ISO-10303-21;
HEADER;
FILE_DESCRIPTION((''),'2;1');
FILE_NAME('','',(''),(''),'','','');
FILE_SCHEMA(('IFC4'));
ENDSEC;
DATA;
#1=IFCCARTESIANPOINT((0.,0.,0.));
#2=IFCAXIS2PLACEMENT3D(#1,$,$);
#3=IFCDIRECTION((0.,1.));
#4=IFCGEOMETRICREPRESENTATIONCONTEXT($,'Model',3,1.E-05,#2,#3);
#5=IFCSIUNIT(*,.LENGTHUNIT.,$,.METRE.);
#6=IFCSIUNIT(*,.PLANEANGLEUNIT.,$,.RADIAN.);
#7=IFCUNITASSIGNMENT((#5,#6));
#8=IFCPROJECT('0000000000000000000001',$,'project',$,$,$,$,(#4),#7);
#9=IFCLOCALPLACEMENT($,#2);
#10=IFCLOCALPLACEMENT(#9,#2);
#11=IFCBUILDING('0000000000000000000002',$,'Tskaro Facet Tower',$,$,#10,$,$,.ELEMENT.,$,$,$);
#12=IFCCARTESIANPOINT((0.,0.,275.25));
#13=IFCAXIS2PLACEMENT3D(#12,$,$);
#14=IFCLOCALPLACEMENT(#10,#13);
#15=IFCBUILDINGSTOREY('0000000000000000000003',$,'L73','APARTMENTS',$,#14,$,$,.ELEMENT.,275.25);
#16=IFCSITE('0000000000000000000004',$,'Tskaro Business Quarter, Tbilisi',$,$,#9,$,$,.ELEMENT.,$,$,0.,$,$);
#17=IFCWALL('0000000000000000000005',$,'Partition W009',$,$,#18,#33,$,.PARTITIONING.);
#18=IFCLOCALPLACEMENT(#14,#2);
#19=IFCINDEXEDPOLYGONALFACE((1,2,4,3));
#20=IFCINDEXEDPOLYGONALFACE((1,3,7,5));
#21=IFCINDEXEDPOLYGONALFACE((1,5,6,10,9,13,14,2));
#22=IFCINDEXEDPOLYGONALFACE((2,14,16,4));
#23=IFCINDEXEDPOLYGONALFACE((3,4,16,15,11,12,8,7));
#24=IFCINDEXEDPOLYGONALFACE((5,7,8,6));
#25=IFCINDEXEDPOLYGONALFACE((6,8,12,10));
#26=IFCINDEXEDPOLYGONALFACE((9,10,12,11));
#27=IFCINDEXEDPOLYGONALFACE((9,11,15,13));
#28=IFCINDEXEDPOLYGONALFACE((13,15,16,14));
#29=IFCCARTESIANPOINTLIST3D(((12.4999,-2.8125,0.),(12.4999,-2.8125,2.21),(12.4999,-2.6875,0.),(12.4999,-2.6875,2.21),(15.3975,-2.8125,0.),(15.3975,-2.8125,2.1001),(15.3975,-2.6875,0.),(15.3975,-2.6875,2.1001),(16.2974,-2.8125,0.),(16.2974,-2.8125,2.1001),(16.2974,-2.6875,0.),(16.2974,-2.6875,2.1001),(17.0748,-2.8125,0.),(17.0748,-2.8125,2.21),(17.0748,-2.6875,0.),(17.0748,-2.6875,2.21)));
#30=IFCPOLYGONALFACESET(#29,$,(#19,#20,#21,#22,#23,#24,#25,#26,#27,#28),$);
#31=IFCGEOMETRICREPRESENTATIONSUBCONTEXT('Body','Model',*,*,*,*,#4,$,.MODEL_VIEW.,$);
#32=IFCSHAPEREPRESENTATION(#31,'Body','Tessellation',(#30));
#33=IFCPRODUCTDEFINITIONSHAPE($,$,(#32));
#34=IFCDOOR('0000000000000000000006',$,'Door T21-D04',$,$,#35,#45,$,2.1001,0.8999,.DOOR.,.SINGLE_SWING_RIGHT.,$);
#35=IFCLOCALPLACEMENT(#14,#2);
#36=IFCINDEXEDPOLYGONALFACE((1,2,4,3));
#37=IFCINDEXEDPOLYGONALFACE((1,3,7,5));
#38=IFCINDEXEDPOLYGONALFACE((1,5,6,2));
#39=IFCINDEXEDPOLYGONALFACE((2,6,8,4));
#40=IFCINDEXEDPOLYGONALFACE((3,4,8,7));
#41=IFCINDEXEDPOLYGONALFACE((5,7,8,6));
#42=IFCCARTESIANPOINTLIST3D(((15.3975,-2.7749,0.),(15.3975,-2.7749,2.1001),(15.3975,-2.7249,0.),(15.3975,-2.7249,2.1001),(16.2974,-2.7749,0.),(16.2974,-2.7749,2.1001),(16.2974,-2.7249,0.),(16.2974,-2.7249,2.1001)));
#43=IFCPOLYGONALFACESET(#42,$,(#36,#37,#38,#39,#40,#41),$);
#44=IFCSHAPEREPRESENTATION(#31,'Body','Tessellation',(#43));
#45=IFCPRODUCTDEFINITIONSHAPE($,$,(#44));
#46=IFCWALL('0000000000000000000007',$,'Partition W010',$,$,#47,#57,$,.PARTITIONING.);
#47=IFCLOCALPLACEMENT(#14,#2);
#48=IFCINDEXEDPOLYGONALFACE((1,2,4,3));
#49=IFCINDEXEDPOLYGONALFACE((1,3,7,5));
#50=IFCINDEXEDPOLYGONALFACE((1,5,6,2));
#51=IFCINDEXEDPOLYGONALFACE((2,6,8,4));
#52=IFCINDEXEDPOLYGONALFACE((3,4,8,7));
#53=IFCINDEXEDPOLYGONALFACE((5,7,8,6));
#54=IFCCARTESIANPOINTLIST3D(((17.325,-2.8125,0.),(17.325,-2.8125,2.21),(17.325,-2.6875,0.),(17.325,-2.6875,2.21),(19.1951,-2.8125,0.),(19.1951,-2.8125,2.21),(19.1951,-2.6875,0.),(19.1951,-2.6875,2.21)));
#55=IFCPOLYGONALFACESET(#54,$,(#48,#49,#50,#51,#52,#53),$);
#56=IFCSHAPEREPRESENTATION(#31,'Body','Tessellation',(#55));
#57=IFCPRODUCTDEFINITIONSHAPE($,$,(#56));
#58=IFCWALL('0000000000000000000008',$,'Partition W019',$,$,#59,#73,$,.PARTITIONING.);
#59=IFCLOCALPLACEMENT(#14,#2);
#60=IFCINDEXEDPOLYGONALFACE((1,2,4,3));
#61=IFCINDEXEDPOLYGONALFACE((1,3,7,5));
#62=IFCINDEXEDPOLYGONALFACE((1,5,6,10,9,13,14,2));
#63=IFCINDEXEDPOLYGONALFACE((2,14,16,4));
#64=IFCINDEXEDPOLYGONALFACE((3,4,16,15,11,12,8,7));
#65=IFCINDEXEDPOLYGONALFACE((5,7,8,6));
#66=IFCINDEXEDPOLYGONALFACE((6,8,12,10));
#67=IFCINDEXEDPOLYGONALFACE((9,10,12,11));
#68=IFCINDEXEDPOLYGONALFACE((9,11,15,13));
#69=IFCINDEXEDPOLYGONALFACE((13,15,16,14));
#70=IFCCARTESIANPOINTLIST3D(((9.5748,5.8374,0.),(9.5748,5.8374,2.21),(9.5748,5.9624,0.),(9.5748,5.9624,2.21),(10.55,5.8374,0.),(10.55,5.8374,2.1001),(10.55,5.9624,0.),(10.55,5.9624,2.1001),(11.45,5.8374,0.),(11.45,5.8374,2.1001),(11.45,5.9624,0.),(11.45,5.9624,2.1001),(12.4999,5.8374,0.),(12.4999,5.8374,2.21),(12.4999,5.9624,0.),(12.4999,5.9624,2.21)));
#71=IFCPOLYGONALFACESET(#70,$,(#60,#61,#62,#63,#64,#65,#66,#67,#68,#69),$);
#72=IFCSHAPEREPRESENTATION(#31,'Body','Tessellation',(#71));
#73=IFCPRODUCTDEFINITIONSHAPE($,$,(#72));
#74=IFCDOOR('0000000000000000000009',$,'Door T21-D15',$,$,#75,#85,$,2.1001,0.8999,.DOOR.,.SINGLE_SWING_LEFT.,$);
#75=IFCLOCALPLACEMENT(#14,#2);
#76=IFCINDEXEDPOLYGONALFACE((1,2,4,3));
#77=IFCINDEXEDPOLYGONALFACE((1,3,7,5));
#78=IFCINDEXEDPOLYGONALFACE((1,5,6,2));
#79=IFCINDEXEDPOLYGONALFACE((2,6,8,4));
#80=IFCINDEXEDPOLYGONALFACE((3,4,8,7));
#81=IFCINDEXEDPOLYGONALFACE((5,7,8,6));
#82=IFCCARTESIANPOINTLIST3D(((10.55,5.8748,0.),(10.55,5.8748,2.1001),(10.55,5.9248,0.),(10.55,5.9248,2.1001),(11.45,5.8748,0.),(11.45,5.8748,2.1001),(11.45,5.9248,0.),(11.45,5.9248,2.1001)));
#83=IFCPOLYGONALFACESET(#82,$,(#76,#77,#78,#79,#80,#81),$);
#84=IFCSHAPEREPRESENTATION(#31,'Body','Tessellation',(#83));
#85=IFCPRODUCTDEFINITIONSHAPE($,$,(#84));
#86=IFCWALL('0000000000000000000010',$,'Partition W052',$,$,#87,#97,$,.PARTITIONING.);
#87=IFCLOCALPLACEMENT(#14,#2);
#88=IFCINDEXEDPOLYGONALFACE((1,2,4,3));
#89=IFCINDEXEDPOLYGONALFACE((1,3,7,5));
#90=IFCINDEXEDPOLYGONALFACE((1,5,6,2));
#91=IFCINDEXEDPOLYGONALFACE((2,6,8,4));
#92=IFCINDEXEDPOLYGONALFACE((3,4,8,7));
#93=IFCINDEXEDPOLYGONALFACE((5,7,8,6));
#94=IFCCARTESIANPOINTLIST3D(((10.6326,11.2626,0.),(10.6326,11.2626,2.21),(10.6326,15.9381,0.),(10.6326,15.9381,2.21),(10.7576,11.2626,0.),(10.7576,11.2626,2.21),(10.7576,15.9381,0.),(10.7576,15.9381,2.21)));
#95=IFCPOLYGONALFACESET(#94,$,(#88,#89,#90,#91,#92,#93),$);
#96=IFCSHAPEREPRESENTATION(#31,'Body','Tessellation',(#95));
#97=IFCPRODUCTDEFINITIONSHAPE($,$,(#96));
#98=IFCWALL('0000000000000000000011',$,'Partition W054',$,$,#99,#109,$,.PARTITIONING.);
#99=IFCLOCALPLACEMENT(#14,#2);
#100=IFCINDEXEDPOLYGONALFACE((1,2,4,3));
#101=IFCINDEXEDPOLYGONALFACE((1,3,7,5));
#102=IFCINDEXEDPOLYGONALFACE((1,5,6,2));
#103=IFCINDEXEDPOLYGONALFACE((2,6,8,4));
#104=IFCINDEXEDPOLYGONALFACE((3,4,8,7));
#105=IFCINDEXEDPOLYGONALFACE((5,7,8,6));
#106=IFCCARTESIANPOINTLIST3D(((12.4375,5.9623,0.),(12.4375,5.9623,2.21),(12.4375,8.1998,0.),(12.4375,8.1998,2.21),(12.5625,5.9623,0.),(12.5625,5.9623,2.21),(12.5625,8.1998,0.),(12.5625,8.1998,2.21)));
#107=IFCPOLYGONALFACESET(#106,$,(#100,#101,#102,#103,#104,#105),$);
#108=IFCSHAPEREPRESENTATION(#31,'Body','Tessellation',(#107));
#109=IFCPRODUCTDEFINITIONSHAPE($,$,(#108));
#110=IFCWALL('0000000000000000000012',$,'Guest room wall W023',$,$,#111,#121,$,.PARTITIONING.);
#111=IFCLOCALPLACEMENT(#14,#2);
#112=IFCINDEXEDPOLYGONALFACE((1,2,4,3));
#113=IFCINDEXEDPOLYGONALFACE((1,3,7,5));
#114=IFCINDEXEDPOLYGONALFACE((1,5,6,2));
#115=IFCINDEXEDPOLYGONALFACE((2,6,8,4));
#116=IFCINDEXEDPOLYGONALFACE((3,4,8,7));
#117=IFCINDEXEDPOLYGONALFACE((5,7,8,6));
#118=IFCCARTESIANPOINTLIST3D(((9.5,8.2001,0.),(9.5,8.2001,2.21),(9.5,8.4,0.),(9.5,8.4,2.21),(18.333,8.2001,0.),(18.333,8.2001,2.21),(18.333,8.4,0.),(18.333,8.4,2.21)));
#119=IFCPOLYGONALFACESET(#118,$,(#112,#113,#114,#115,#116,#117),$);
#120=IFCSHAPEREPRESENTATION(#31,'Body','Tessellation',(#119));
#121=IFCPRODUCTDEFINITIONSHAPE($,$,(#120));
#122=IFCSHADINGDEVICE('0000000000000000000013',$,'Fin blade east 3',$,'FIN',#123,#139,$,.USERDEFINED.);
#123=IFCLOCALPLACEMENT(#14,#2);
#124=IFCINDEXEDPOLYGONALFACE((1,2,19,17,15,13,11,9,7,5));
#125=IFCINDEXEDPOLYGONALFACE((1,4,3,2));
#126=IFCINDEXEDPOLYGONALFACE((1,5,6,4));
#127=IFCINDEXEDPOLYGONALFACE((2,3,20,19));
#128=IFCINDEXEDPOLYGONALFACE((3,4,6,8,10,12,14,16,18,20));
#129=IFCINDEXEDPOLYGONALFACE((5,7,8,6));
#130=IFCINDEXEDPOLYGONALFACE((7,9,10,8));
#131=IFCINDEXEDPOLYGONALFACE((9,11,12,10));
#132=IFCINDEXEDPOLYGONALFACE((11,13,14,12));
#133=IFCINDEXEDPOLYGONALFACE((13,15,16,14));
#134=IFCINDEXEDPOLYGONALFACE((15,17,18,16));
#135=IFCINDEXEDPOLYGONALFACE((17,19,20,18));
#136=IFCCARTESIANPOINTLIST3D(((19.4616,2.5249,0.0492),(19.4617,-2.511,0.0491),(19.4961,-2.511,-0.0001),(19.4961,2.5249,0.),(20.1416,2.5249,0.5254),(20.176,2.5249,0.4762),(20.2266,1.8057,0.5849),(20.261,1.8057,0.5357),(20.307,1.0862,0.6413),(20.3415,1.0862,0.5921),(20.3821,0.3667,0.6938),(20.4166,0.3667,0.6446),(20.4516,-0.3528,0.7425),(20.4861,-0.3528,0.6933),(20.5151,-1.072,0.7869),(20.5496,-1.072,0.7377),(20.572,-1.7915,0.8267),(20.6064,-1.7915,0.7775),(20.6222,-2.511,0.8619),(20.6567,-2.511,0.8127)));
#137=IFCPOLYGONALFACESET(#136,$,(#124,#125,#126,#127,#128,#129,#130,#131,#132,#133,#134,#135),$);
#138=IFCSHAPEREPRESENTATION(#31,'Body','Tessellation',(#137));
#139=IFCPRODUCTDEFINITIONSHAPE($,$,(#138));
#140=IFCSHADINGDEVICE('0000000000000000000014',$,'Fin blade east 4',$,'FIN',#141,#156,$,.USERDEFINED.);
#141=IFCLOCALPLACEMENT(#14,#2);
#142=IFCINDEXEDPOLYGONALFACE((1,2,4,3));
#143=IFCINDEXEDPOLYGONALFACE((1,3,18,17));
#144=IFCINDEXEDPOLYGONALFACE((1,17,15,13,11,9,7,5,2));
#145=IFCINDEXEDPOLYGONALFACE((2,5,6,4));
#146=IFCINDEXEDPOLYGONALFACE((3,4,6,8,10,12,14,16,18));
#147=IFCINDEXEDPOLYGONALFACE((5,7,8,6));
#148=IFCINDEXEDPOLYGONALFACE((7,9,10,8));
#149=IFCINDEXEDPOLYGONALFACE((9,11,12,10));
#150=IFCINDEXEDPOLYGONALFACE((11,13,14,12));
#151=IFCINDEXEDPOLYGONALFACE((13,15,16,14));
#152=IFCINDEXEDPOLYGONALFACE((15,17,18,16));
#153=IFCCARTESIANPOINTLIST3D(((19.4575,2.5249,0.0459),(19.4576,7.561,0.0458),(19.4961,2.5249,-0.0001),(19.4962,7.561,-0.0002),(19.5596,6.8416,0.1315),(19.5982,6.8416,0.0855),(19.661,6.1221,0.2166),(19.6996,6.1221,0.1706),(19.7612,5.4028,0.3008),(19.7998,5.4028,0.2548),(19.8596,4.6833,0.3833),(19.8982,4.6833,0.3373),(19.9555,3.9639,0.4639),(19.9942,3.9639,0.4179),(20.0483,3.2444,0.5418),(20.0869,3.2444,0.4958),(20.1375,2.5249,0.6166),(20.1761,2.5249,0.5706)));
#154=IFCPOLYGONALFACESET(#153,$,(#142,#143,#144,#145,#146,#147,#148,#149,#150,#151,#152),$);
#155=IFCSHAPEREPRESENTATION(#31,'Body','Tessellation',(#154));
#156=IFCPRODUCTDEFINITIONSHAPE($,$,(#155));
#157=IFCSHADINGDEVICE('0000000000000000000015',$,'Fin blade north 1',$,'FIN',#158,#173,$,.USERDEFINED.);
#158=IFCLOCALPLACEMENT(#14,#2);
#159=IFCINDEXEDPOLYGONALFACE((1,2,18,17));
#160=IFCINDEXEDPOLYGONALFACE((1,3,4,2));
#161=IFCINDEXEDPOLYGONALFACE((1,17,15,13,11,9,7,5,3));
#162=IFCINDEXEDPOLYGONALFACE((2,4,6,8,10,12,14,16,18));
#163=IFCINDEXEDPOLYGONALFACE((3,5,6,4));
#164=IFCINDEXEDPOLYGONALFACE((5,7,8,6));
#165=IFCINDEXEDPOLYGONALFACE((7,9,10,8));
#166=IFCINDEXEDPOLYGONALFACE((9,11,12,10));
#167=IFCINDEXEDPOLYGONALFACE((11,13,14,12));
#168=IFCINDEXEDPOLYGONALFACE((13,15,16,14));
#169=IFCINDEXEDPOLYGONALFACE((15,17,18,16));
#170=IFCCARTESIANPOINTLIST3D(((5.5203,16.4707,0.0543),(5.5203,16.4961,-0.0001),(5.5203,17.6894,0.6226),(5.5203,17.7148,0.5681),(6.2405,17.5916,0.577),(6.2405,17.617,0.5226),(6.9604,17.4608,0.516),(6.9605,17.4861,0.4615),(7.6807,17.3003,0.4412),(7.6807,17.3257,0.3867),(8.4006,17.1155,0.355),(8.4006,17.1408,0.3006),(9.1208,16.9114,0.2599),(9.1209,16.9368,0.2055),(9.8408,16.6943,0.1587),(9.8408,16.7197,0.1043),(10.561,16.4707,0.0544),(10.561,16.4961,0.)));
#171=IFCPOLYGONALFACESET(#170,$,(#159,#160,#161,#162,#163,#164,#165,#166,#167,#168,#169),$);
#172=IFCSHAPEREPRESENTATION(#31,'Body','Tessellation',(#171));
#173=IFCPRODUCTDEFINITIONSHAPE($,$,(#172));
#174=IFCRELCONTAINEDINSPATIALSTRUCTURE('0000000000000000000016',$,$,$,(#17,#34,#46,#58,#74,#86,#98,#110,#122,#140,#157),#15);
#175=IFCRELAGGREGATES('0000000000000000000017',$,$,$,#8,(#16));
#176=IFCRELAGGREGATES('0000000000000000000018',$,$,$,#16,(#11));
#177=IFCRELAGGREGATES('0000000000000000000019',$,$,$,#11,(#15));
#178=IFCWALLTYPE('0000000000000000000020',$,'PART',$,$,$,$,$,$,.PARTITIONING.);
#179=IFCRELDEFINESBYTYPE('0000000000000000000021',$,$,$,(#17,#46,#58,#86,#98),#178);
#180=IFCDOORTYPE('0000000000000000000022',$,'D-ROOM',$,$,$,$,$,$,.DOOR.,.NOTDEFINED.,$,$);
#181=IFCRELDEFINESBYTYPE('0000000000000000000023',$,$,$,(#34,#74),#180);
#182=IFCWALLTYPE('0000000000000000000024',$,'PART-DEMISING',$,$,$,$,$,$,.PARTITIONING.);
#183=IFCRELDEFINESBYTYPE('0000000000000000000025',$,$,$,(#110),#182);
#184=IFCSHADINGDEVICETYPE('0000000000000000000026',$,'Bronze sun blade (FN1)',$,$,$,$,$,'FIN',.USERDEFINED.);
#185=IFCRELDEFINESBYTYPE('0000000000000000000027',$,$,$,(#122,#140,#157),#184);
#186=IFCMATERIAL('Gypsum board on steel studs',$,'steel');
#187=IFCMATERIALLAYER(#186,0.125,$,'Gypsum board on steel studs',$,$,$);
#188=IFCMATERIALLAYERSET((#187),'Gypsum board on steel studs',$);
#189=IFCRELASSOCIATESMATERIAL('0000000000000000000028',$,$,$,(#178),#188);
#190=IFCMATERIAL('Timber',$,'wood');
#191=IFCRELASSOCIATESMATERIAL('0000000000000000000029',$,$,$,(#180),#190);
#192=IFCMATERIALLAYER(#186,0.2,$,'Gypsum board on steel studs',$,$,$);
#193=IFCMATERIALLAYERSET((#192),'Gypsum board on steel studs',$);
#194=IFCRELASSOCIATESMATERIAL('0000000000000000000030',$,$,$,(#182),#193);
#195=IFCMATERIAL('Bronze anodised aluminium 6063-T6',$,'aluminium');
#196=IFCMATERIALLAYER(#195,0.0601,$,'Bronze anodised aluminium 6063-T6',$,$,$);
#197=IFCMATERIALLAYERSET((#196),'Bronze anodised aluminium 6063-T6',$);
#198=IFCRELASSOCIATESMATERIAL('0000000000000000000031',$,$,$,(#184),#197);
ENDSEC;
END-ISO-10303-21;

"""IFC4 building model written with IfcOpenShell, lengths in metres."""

from ifc_helpers import new_model, si_unit, direction, frame, frame_2d, origin, place, context, subcontext, project, spatial, polyline, rectangle, outline, extrude, material, layer, layer_set, type_object, element, fill, save


model = new_model("IFC4")

# Units and contexts
model_context = context("Model", 3, precision=1e-05, world=origin(), true_north=direction((0.0, 1.0)))
body_context = subcontext(model_context, "Body", "Model", "MODEL_VIEW")
ifc_project = project(units=[si_unit("LENGTHUNIT", "METRE"), si_unit("PLANEANGLEUNIT", "RADIAN")], contexts=[model_context])

# Site, building, storey
site_placement = place(None, origin())
site = spatial("IfcSite", under=ifc_project, at=site_placement, Name="Tskaro Business Quarter, Tbilisi", CompositionType="ELEMENT", RefElevation=0.0)
building_placement = place(site_placement, origin())
building = spatial("IfcBuilding", under=site, at=building_placement, Name="Tskaro Facet Tower", CompositionType="ELEMENT")
storey_placement = place(building_placement, frame((0.0, 0.0, 275.25)))
storey = spatial("IfcBuildingStorey", under=building, at=storey_placement, Name="L73", Description="APARTMENTS", CompositionType="ELEMENT", Elevation=275.25)

# Shared definitions
ifc_material_1 = material(Name="Bronze anodised aluminium 6063-T6", Category="aluminium")

# Wall, opening, door
ifc_material_2 = material(Name="Gypsum board on steel studs", Category="steel")
ifc_layer_1 = layer(ifc_material_2, 0.125, Name="Gypsum board on steel studs")
ifc_layer_set_1 = layer_set([ifc_layer_1], Name="Gypsum board on steel studs")
wall_type_1 = type_object("IfcWallType", Name="PART", PredefinedType="PARTITIONING", material=ifc_layer_set_1)
wall_1_placement = place(storey_placement, frame((17.075, -2.75, 0.0), z_axis=(0.0, 0.0, 1.0), x_axis=(-1.0, 0.0, 0.0)))
wall_1 = element("IfcWall", 1, at=wall_1_placement, inside=storey, type_object=wall_type_1, Name="Partition W009", PredefinedType="PARTITIONING", context=body_context, shape_type="SweptSolid", body=[
    extrude(rectangle(XDim=4.575, YDim=0.125, at=frame_2d((2.2876, 0.0))), origin(), (0.0, 0.0, 1.0), 2.21),
])
opening_1_placement = place(wall_1_placement, frame((0.7776, 0.0, 0.0)))
opening_1 = element("IfcOpeningElement", 2, at=opening_1_placement, cuts=wall_1, PredefinedType="OPENING", context=body_context, shape_type="SweptSolid", body=[
    extrude(rectangle(XDim=0.8999, YDim=2.1001, at=frame_2d((0.45, 1.05))), frame((0.0, 0.0725, 0.0), z_axis=(0.0, -1.0, 0.0), x_axis=(1.0, 0.0, 0.0)), (0.0, 0.0, 1.0), 0.145),
])
ifc_material_3 = material(Name="Timber", Category="wood")
door_type = type_object("IfcDoorType", Name="D-ROOM", OperationType="NOTDEFINED", PredefinedType="DOOR", material=ifc_material_3)
door_1_placement = place(opening_1_placement, origin())
door_1 = element("IfcDoor", 3, at=door_1_placement, inside=storey, type_object=door_type, Name="Door T21-D04", OperationType="SINGLE_SWING_RIGHT", OverallHeight=2.1001, OverallWidth=0.8999, PredefinedType="DOOR", context=body_context, shape_type="SweptSolid", body=[
    extrude(rectangle(XDim=0.8999, YDim=2.1001, at=frame_2d((0.45, 1.05))), frame((0.0, 0.0249, 0.0), z_axis=(0.0, -1.0, 0.0), x_axis=(1.0, 0.0, 0.0)), (0.0, 0.0, 1.0), 0.05),
])
fill(opening_1, door_1)

# Wall
wall_2_placement = place(storey_placement, frame((17.325, -2.75, 0.0), z_axis=(0.0, 0.0, 1.0), x_axis=(1.0, 0.0, 0.0)))
element("IfcWall", 4, at=wall_2_placement, inside=storey, type_object=wall_type_1, Name="Partition W010", PredefinedType="PARTITIONING", context=body_context, shape_type="SweptSolid", body=[
    extrude(rectangle(XDim=1.8701, YDim=0.125, at=frame_2d((0.9351, 0.0))), origin(), (0.0, 0.0, 1.0), 2.21),
])

# Wall, opening, door
wall_3_placement = place(storey_placement, frame((9.575, 5.8999, 0.0), z_axis=(0.0, 0.0, 1.0), x_axis=(1.0, 0.0, 0.0)))
wall_3 = element("IfcWall", 5, at=wall_3_placement, inside=storey, type_object=wall_type_1, Name="Partition W019", PredefinedType="PARTITIONING", context=body_context, shape_type="SweptSolid", body=[
    extrude(rectangle(XDim=2.925, YDim=0.125, at=frame_2d((1.4624, 0.0))), origin(), (0.0, 0.0, 1.0), 2.21),
])
opening_2_placement = place(wall_3_placement, frame((0.9751, 0.0, 0.0)))
opening_2 = element("IfcOpeningElement", 6, at=opening_2_placement, cuts=wall_3, PredefinedType="OPENING", context=body_context, shape_type="SweptSolid", body=[
    extrude(rectangle(XDim=0.8999, YDim=2.1001, at=frame_2d((0.45, 1.05))), frame((0.0, 0.0725, 0.0), z_axis=(0.0, -1.0, 0.0), x_axis=(1.0, 0.0, 0.0)), (0.0, 0.0, 1.0), 0.145),
])
door_2_placement = place(opening_2_placement, origin())
door_2 = element("IfcDoor", 7, at=door_2_placement, inside=storey, type_object=door_type, Name="Door T21-D15", OperationType="SINGLE_SWING_LEFT", OverallHeight=2.1001, OverallWidth=0.8999, PredefinedType="DOOR", context=body_context, shape_type="SweptSolid", body=[
    extrude(rectangle(XDim=0.8999, YDim=2.1001, at=frame_2d((0.45, 1.05))), frame((0.0, 0.0249, 0.0), z_axis=(0.0, -1.0, 0.0), x_axis=(1.0, 0.0, 0.0)), (0.0, 0.0, 1.0), 0.05),
])
fill(opening_2, door_2)

# Walls
wall_4_placement = place(storey_placement, frame((10.6951, 11.2625, 0.0), z_axis=(0.0, 0.0, 1.0), x_axis=(0.0, 1.0, 0.0)))
element("IfcWall", 8, at=wall_4_placement, inside=storey, type_object=wall_type_1, Name="Partition W052", PredefinedType="PARTITIONING", context=body_context, shape_type="SweptSolid", body=[
    extrude(rectangle(XDim=4.6755, YDim=0.125, at=frame_2d((2.3379, 0.0))), origin(), (0.0, 0.0, 1.0), 2.21),
])
wall_5_placement = place(storey_placement, frame((12.5, 5.9624, 0.0), z_axis=(0.0, 0.0, 1.0), x_axis=(0.0, 1.0, 0.0)))
element("IfcWall", 9, at=wall_5_placement, inside=storey, type_object=wall_type_1, Name="Partition W054", PredefinedType="PARTITIONING", context=body_context, shape_type="SweptSolid", body=[
    extrude(rectangle(XDim=2.2375, YDim=0.125, at=frame_2d((1.1187, 0.0))), origin(), (0.0, 0.0, 1.0), 2.21),
])
ifc_layer_2 = layer(ifc_material_2, 0.2, Name="Gypsum board on steel studs")
ifc_layer_set_2 = layer_set([ifc_layer_2], Name="Gypsum board on steel studs")
wall_type_2 = type_object("IfcWallType", Name="PART-DEMISING", PredefinedType="PARTITIONING", material=ifc_layer_set_2)
wall_6_placement = place(storey_placement, frame((9.5, 8.3, 0.0), z_axis=(0.0, 0.0, 1.0), x_axis=(1.0, 0.0, 0.0)))
element("IfcWall", 10, at=wall_6_placement, inside=storey, type_object=wall_type_2, Name="Guest room wall W023", PredefinedType="PARTITIONING", context=body_context, shape_type="SweptSolid", body=[
    extrude(rectangle(XDim=8.833, YDim=0.2, at=frame_2d((4.4165, 0.0))), origin(), (0.0, 0.0, 1.0), 2.21),
])

# Shading devices
ifc_layer_3 = layer(ifc_material_1, 0.0601, Name="Bronze anodised aluminium 6063-T6")
ifc_layer_set_3 = layer_set([ifc_layer_3], Name="Bronze anodised aluminium 6063-T6")
shading_device_type = type_object("IfcShadingDeviceType", Name="Bronze sun blade (FN1)", ElementType="FIN", PredefinedType="USERDEFINED", material=ifc_layer_set_3)
shading_device_1_placement = place(storey_placement, frame((19.4617, -2.511, 0.0491), z_axis=(-0.573677, -0.000023, 0.819082), x_axis=(-0.000013, 1.0, 0.000019)))
element("IfcShadingDevice", 11, at=shading_device_1_placement, inside=storey, type_object=shading_device_type, Name="Fin blade east 3", ObjectType="FIN", PredefinedType="USERDEFINED", context=body_context, shape_type="SweptSolid", body=[
    extrude(outline(polyline([(0.0, 0.0), (5.0359, 0.0), (5.0359, -0.8302), (4.3167, -0.9339), (3.5972, -1.0321), (2.8777, -1.1238), (2.1582, -1.2086), (1.439, -1.2861), (0.7195, -1.3556), (0.0, -1.4169), (0.0, 0.0)])), origin(), (0.0, 0.0, -1.0), 0.0601),
])
shading_device_2_placement = place(storey_placement, frame((19.4575, 2.5249, 0.0459), z_axis=(-0.642905, 0.000013, 0.765946), x_axis=(0.000009, 1.0, -0.00001)))
element("IfcShadingDevice", 12, at=shading_device_2_placement, inside=storey, type_object=shading_device_type, Name="Fin blade east 4", ObjectType="FIN", PredefinedType="USERDEFINED", context=body_context, shape_type="SweptSolid", body=[
    extrude(outline(polyline([(0.0, 0.0), (5.0361, 0.0), (4.3167, -0.1333), (3.5972, -0.2656), (2.8779, -0.3965), (2.1584, -0.5249), (1.439, -0.6502), (0.7195, -0.7713), (0.0, -0.8878), (0.0, 0.0)])), origin(), (0.0, 0.0, -1.0), 0.0601),
])
shading_device_3_placement = place(storey_placement, frame((10.561, 16.4707, 0.0544), z_axis=(-0.000021, -0.422583, 0.906324), x_axis=(-1.0, 0.000009, -0.000019)))
element("IfcShadingDevice", 13, at=shading_device_3_placement, inside=storey, type_object=shading_device_type, Name="Fin blade north 1", ObjectType="FIN", PredefinedType="USERDEFINED", context=body_context, shape_type="SweptSolid", body=[
    extrude(outline(polyline([(0.0, 0.0), (5.0408, 0.0), (5.0408, -1.3447), (4.3206, -1.2367), (3.6006, -1.0923), (2.8804, -0.9153), (2.1604, -0.7114), (1.4402, -0.4863), (0.7202, -0.2467), (0.0, 0.0)])), origin(), (0.0, 0.0, -1.0), 0.0601),
])

save(model, "model.ifc")
